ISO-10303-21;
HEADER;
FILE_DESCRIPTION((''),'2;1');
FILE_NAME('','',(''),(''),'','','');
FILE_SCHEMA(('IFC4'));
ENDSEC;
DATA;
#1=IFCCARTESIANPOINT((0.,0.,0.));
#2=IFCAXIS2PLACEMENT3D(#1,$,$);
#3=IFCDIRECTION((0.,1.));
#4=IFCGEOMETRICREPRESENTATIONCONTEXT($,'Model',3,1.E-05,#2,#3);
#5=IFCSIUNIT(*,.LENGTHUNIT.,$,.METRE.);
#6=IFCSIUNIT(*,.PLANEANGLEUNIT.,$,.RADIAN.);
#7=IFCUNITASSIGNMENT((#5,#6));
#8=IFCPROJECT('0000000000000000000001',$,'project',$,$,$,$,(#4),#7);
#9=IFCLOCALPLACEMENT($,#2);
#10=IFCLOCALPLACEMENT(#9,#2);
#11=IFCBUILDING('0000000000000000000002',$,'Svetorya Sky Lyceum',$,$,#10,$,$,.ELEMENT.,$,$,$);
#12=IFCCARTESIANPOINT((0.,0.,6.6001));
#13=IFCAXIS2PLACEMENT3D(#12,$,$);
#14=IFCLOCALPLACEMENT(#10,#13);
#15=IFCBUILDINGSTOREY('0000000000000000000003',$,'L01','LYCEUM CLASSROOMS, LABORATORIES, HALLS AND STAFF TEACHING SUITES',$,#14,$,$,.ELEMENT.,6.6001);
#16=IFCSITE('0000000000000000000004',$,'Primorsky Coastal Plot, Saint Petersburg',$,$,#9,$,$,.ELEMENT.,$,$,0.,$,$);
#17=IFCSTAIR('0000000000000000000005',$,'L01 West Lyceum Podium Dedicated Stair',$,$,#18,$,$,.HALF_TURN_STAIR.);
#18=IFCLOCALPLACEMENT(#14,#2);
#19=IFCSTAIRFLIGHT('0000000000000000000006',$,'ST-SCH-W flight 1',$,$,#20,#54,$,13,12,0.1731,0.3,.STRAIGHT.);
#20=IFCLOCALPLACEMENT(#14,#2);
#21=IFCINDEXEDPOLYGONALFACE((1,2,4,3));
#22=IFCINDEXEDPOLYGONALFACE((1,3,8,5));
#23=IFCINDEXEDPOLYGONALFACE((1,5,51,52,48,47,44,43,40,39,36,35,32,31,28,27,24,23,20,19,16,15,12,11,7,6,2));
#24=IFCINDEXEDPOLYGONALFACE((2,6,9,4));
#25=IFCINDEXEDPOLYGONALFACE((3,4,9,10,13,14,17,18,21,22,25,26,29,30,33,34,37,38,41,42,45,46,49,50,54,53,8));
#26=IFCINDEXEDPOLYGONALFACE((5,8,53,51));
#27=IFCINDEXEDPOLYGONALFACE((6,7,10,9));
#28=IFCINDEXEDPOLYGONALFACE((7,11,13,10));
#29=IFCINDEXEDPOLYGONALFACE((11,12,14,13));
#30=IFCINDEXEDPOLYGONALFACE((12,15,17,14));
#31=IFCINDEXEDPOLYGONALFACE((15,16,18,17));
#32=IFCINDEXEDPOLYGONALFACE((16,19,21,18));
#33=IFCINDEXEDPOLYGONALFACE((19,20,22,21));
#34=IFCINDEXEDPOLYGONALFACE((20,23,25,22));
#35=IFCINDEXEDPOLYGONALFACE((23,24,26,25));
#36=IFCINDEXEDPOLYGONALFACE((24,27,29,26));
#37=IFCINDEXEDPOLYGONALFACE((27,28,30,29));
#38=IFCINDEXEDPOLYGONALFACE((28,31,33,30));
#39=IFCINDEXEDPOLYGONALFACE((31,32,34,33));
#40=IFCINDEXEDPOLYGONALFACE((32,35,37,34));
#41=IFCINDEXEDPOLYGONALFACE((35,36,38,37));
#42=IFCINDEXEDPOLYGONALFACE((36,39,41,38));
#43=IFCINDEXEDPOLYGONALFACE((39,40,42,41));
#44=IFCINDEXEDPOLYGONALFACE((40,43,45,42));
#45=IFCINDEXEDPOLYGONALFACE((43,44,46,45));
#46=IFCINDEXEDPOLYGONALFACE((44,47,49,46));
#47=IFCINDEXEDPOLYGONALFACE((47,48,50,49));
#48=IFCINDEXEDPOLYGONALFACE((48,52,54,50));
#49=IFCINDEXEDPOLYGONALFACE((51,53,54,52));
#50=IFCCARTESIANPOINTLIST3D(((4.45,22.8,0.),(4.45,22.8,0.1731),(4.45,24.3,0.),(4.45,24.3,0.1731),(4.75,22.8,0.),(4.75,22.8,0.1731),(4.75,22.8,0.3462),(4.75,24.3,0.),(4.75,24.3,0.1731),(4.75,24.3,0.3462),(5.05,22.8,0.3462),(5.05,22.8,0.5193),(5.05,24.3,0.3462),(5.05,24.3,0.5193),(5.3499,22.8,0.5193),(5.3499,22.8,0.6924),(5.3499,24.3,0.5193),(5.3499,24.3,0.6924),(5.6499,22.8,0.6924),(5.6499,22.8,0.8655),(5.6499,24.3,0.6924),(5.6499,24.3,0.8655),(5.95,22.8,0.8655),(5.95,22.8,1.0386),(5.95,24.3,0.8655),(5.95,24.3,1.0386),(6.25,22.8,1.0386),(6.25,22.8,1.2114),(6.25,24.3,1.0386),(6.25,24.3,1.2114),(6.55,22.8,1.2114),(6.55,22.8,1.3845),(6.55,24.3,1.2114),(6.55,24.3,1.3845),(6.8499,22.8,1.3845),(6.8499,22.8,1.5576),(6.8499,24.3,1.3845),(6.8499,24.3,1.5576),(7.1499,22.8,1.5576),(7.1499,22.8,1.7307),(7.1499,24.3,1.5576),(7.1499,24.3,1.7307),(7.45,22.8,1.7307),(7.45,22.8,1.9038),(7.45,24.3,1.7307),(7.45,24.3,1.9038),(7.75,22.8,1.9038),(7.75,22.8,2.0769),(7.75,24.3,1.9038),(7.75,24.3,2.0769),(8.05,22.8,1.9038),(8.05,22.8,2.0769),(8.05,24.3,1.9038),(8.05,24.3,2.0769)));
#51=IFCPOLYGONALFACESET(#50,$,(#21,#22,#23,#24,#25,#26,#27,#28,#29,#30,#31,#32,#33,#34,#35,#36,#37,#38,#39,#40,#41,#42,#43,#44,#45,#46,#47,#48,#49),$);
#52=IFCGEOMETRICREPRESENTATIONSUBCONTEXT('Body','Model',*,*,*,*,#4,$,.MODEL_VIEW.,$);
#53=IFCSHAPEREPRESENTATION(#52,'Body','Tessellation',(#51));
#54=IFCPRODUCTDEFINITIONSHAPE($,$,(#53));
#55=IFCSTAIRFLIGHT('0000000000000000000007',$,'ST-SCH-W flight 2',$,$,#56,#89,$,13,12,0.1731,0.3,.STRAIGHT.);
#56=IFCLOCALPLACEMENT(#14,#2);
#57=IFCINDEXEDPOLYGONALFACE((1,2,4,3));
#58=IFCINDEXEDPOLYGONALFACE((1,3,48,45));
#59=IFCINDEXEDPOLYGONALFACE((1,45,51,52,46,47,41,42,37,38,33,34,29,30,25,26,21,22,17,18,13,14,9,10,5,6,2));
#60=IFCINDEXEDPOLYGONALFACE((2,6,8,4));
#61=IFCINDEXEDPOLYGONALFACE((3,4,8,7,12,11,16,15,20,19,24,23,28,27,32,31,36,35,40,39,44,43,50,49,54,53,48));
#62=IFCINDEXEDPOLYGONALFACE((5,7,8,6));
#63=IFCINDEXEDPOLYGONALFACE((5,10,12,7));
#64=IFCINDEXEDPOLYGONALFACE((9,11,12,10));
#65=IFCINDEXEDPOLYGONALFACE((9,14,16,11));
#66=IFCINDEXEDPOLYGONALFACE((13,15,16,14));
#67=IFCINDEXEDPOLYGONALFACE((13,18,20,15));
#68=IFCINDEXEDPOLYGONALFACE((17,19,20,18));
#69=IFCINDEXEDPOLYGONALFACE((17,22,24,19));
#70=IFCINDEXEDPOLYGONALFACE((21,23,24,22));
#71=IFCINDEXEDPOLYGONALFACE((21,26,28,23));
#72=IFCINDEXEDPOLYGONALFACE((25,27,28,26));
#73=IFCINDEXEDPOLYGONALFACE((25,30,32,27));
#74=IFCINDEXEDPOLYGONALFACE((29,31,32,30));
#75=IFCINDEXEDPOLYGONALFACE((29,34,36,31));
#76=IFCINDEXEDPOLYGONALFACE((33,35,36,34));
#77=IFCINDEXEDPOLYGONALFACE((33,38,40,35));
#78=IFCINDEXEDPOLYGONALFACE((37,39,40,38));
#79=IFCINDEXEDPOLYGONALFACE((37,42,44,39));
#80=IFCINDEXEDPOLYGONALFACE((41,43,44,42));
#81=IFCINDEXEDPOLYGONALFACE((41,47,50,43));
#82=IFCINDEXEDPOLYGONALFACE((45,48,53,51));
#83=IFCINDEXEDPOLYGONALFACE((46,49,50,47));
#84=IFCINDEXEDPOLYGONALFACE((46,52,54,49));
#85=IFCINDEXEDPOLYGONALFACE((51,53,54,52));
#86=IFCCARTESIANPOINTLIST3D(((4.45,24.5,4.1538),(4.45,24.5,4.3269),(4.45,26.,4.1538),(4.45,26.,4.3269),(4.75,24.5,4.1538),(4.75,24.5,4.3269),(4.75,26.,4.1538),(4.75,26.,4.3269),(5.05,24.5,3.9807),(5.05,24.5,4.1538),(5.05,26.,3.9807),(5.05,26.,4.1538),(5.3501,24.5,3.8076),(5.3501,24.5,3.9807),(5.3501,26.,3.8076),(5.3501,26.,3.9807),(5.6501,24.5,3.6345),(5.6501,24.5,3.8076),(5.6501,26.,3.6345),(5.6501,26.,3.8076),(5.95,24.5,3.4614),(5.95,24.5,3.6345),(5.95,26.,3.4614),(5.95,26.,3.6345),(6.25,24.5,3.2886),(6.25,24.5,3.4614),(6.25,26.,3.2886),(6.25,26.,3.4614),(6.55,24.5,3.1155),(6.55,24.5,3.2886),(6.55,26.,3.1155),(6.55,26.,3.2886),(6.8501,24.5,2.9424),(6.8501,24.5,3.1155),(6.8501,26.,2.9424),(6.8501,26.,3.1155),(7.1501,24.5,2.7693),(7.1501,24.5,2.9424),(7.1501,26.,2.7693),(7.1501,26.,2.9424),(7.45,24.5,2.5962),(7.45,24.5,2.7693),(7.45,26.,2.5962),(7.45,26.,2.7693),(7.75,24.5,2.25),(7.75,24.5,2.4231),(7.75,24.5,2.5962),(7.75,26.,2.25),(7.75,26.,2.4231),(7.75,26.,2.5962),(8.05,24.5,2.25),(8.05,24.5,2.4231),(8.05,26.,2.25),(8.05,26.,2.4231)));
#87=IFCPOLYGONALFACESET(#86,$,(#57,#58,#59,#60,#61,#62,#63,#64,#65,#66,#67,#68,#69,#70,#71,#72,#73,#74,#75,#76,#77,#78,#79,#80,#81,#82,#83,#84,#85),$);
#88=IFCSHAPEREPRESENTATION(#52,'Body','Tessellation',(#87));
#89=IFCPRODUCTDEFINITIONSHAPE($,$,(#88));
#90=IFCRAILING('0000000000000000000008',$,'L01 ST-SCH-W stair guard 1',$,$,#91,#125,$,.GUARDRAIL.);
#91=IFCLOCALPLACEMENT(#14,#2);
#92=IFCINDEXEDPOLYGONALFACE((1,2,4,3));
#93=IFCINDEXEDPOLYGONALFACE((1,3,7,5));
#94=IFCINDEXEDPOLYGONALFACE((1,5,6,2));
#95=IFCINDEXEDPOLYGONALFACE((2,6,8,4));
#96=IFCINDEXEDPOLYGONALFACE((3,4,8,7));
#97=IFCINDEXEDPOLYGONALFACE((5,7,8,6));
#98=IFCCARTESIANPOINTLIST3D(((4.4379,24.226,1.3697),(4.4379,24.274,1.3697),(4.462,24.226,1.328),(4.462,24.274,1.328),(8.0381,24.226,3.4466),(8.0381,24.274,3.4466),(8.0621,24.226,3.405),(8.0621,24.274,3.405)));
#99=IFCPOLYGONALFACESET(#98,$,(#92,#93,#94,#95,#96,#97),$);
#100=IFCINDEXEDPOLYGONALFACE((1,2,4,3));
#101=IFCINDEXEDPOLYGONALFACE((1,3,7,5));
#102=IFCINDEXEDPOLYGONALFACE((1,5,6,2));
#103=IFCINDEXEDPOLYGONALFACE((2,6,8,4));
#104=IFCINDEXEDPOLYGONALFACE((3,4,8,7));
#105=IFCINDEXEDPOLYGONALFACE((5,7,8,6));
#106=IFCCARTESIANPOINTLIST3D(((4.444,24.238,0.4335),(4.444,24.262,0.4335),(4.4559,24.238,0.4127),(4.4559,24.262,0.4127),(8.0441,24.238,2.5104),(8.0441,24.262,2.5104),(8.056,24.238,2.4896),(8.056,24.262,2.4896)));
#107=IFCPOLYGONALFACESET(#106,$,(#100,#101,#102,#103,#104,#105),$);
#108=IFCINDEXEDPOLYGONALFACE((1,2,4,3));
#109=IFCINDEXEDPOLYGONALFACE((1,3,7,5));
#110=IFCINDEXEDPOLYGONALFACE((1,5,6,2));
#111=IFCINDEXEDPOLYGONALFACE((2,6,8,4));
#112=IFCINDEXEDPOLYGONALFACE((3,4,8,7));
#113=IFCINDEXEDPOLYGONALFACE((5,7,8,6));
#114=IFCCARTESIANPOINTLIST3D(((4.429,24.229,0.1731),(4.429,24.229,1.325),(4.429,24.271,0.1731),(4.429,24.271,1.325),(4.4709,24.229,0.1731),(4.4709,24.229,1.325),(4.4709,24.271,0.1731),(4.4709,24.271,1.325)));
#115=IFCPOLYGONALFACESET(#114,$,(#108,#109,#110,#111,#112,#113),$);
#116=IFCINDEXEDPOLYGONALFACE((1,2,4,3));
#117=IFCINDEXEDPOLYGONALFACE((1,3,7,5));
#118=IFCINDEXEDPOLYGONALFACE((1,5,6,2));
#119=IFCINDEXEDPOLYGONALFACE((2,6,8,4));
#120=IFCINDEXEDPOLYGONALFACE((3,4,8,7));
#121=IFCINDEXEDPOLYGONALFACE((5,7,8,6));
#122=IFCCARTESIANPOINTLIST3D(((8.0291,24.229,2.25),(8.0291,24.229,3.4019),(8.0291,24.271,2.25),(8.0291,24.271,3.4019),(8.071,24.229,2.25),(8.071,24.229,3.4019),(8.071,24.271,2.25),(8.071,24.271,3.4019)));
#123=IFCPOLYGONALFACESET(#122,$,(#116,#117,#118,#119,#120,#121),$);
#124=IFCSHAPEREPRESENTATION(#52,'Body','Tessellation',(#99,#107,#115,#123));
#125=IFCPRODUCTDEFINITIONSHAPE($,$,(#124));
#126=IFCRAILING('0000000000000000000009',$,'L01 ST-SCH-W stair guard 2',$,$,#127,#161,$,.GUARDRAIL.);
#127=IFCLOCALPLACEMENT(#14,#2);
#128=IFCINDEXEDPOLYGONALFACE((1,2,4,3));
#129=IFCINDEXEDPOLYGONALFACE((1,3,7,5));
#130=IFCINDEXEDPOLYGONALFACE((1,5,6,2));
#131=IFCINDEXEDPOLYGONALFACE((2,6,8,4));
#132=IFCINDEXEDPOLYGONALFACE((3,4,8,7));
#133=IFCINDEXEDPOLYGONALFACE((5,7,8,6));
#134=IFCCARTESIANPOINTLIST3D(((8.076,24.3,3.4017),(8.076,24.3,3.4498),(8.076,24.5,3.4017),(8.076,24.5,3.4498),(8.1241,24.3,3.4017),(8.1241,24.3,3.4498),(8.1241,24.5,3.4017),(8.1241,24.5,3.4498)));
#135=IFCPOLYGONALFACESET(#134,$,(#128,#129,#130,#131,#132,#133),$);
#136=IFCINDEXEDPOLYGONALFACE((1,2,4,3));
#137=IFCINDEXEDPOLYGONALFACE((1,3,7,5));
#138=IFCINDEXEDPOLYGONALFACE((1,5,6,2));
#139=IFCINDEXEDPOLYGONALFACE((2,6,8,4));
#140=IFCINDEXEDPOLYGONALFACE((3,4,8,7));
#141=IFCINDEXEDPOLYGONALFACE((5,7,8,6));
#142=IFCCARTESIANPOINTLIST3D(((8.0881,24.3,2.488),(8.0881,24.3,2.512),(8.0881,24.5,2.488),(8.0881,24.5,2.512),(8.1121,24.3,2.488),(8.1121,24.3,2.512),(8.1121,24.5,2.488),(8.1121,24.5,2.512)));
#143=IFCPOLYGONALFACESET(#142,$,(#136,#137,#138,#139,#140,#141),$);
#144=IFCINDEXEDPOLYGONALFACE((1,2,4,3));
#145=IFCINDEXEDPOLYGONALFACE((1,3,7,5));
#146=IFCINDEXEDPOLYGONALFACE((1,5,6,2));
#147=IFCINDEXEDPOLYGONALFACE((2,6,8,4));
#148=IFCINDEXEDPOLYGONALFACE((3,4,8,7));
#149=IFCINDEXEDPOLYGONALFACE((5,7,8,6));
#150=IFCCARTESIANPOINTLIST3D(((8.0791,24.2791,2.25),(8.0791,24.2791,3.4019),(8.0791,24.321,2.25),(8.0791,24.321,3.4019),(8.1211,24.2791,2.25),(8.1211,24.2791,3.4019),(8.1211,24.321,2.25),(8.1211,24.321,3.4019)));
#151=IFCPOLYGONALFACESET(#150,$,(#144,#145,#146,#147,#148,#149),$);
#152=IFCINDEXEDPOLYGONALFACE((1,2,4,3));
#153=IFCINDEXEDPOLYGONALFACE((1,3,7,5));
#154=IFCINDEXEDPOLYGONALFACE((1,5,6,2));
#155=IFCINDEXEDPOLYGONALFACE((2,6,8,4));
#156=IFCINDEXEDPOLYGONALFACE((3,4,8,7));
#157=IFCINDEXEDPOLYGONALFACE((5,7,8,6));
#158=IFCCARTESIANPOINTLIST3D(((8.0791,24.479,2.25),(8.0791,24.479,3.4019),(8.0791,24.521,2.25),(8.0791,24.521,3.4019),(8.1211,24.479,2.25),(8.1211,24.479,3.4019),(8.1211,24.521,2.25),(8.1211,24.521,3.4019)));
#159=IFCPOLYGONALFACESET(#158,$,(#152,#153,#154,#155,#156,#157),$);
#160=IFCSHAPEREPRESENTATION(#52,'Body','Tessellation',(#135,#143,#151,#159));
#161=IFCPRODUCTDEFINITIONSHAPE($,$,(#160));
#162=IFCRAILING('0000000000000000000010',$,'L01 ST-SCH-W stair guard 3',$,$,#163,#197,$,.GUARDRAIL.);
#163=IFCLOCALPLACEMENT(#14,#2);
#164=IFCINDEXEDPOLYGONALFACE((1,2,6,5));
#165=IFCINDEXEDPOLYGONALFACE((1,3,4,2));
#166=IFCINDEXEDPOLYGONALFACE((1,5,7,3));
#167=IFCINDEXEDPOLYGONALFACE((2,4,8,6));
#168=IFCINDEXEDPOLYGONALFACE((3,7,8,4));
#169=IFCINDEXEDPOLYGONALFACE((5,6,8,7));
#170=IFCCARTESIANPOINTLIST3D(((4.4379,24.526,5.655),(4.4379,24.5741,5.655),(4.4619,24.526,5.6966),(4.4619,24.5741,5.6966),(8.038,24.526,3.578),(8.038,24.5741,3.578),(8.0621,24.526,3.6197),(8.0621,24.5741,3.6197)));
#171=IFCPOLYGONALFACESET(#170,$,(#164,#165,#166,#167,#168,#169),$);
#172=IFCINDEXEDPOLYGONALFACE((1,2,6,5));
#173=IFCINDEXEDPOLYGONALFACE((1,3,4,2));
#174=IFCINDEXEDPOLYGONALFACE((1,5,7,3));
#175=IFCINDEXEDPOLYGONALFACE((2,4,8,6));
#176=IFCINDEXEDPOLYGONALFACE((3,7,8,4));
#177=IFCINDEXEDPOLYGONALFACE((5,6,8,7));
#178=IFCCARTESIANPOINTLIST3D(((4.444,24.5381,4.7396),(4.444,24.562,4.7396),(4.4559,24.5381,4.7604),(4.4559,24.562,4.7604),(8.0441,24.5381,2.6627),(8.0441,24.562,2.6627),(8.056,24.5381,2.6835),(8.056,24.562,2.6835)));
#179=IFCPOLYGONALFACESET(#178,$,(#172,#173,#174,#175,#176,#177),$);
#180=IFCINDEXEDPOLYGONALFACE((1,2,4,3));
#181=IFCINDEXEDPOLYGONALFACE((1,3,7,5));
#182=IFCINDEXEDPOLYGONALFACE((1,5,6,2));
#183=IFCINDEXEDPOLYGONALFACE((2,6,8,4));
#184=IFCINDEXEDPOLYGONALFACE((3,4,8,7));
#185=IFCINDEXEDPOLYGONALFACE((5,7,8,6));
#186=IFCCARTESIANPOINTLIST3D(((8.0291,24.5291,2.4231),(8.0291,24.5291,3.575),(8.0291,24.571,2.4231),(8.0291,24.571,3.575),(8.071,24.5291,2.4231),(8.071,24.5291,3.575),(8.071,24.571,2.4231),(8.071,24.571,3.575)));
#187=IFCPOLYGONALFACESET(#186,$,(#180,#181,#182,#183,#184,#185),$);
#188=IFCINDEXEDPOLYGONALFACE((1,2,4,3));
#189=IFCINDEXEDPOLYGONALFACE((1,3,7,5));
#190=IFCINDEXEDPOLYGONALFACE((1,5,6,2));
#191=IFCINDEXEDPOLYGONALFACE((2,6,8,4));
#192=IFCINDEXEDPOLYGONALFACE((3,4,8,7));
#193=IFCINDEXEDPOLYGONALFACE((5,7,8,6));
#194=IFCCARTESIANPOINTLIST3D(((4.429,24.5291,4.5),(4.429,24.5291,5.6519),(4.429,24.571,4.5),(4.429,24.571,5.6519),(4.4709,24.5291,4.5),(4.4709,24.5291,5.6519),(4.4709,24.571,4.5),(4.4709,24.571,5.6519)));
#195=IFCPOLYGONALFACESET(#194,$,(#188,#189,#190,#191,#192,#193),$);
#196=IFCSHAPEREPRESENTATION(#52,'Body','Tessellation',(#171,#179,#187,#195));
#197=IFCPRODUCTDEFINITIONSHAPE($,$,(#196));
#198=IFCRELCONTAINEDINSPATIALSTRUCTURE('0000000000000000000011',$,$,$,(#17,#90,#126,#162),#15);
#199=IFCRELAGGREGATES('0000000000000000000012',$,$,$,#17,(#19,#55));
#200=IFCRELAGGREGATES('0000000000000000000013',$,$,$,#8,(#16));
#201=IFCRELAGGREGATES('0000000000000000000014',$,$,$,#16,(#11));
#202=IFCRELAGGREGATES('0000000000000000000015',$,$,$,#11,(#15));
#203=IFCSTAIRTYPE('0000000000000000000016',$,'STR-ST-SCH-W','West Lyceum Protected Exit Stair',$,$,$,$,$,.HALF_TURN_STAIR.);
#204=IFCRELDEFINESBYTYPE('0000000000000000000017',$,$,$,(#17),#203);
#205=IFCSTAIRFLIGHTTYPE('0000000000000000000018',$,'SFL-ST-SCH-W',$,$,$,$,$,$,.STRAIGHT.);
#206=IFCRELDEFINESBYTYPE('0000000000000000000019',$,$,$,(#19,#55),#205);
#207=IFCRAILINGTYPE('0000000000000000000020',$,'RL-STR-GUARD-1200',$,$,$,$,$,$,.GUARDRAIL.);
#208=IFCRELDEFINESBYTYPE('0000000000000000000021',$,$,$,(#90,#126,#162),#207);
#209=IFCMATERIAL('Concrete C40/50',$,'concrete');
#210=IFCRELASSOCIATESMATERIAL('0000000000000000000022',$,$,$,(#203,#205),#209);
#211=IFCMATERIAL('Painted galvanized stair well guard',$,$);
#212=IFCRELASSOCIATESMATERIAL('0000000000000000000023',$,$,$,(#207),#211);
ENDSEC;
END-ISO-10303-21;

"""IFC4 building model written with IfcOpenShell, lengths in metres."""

from ifc_helpers import new_model, si_unit, direction, frame, origin, origin_2d, place, context, subcontext, project, spatial, polyline, rectangle, outline, extrude, material, type_object, element, aggregate, save


model = new_model("IFC4")

# Units and contexts
model_context = context("Model", 3, precision=1e-05, world=origin(), true_north=direction((0.0, 1.0)))
body_context = subcontext(model_context, "Body", "Model", "MODEL_VIEW")
ifc_project = project(units=[si_unit("LENGTHUNIT", "METRE"), si_unit("PLANEANGLEUNIT", "RADIAN")], contexts=[model_context])

# Site, building, storey
site_placement = place(None, origin())
site = spatial("IfcSite", under=ifc_project, at=site_placement, Name="Primorsky Coastal Plot, Saint Petersburg", CompositionType="ELEMENT", RefElevation=0.0)
building_placement = place(site_placement, origin())
building = spatial("IfcBuilding", under=site, at=building_placement, Name="Svetorya Sky Lyceum", CompositionType="ELEMENT")
storey_placement = place(building_placement, frame((0.0, 0.0, 6.6001)))
storey = spatial("IfcBuildingStorey", under=building, at=storey_placement, Name="L01", Description="LYCEUM CLASSROOMS, LABORATORIES, HALLS AND STAFF TEACHING SUITES", CompositionType="ELEMENT", Elevation=6.6001)

# Stair, stair flights
ifc_material_1 = material(Name="Concrete C40/50", Category="concrete")
stair_type = type_object("IfcStairType", Name="STR-ST-SCH-W", Description="West Lyceum Protected Exit Stair", PredefinedType="HALF_TURN_STAIR", material=ifc_material_1)
stair_placement = place(storey_placement, origin())
stair = element("IfcStair", 1, at=stair_placement, inside=storey, type_object=stair_type, Name="L01 West Lyceum Podium Dedicated Stair", PredefinedType="HALF_TURN_STAIR")
stair_flight_type = type_object("IfcStairFlightType", Name="SFL-ST-SCH-W", PredefinedType="STRAIGHT", material=ifc_material_1)
stair_flight_1_placement = place(storey_placement, frame((4.45, 23.55, 0.0), z_axis=(0.0, 0.0, 1.0), x_axis=(1.0, 0.0, 0.0)))
stair_flight_1 = element("IfcStairFlight", 2, at=stair_flight_1_placement, type_object=stair_flight_type, Name="ST-SCH-W flight 1", NumberOfRisers=13, NumberOfTreads=12, PredefinedType="STRAIGHT", RiserHeight=0.1731, TreadLength=0.3, context=body_context, shape_type="SweptSolid", body=[
    extrude(outline(polyline([(0.0, 0.0), (0.0, 0.1731), (0.3, 0.1731), (0.3, 0.3462), (0.6001, 0.3462), (0.6001, 0.5193), (0.8999, 0.5193), (0.8999, 0.6924), (1.2, 0.6924), (1.2, 0.8655), (1.5, 0.8655), (1.5, 1.0386), (1.8, 1.0386), (1.8, 1.2114), (2.1001, 1.2114), (2.1001, 1.3845), (2.3999, 1.3845), (2.3999, 1.5576), (2.7, 1.5576), (2.7, 1.7307), (3.0, 1.7307), (3.0, 1.9038), (3.3, 1.9038), (3.3, 2.0769), (3.6001, 2.0769), (3.6001, 2.25), (3.6001, 1.9038), (0.3, 0.0), (0.0, 0.0)])), frame((0.0, 0.75, 0.0), z_axis=(0.0, -1.0, 0.0), x_axis=(1.0, 0.0, 0.0)), (0.0, 0.0, 1.0), 1.5),
])
stair_flight_2_placement = place(storey_placement, frame((8.05, 25.25, 2.25), z_axis=(0.0, 0.0, 1.0), x_axis=(-1.0, 0.0, 0.0)))
stair_flight_2 = element("IfcStairFlight", 3, at=stair_flight_2_placement, type_object=stair_flight_type, Name="ST-SCH-W flight 2", NumberOfRisers=13, NumberOfTreads=12, PredefinedType="STRAIGHT", RiserHeight=0.1731, TreadLength=0.3, context=body_context, shape_type="SweptSolid", body=[
    extrude(outline(polyline([(0.0, 0.0), (0.0, 0.1731), (0.3, 0.1731), (0.3, 0.3462), (0.6001, 0.3462), (0.6001, 0.5193), (0.8999, 0.5193), (0.8999, 0.6924), (1.2, 0.6924), (1.2, 0.8655), (1.5, 0.8655), (1.5, 1.0386), (1.8, 1.0386), (1.8, 1.2114), (2.1001, 1.2114), (2.1001, 1.3845), (2.3999, 1.3845), (2.3999, 1.5576), (2.7, 1.5576), (2.7, 1.7307), (3.0, 1.7307), (3.0, 1.9038), (3.3, 1.9038), (3.3, 2.0769), (3.6001, 2.0769), (3.6001, 2.25), (3.6001, 1.9038), (0.3, 0.0), (0.0, 0.0)])), frame((0.0, 0.75, 0.0), z_axis=(0.0, -1.0, 0.0), x_axis=(1.0, 0.0, 0.0)), (0.0, 0.0, 1.0), 1.5),
])
aggregate(stair, [stair_flight_1, stair_flight_2])

# Railings
ifc_material_2 = material(Name="Painted galvanized stair well guard")
railing_type_1 = type_object("IfcRailingType", Name="RL-STR-GUARD-1200", PredefinedType="GUARDRAIL", material=ifc_material_2)
railing_1_placement = place(storey_placement, frame((4.45, 24.25, 0.1731)))
element("IfcRailing", 4, at=railing_1_placement, inside=storey, type_object=railing_type_1, Name="L01 ST-SCH-W stair guard 1", PredefinedType="GUARDRAIL", context=body_context, shape_type="SweptSolid", body=[
    extrude(rectangle(XDim=0.0481, YDim=0.0481, at=origin_2d()), frame((0.0, 0.0, 1.1758), z_axis=(0.866193, 0.0, 0.499709), x_axis=(0.0, 1.0, 0.0)), (0.0, 0.0, 1.0), 4.1562),
    extrude(rectangle(XDim=0.0239, YDim=0.0239, at=origin_2d()), frame((0.0, 0.0, 0.25), z_axis=(0.866193, 0.0, 0.499709), x_axis=(0.0, 1.0, 0.0)), (0.0, 0.0, 1.0), 4.1562),
    extrude(rectangle(XDim=0.042, YDim=0.042, at=origin_2d()), origin(), (0.0, 0.0, 1.0), 1.1519),
    extrude(rectangle(XDim=0.042, YDim=0.042, at=origin_2d()), frame((3.6001, 0.0, 2.0769)), (0.0, 0.0, 1.0), 1.1519),
])
railing_2_placement = place(storey_placement, frame((8.1001, 24.3, 2.25)))
element("IfcRailing", 5, at=railing_2_placement, inside=storey, type_object=railing_type_1, Name="L01 ST-SCH-W stair guard 2", PredefinedType="GUARDRAIL", context=body_context, shape_type="SweptSolid", body=[
    extrude(rectangle(XDim=0.0481, YDim=0.0481, at=origin_2d()), frame((0.0, 0.0, 1.1758), z_axis=(0.0, 1.0, 0.0), x_axis=(-1.0, 0.0, 0.0)), (0.0, 0.0, 1.0), 0.2),
    extrude(rectangle(XDim=0.0239, YDim=0.0239, at=origin_2d()), frame((0.0, 0.0, 0.25), z_axis=(0.0, 1.0, 0.0), x_axis=(-1.0, 0.0, 0.0)), (0.0, 0.0, 1.0), 0.2),
    extrude(rectangle(XDim=0.042, YDim=0.042, at=origin_2d()), origin(), (0.0, 0.0, 1.0), 1.1519),
    extrude(rectangle(XDim=0.042, YDim=0.042, at=origin_2d()), frame((0.0, 0.2, 0.0)), (0.0, 0.0, 1.0), 1.1519),
])
railing_3_placement = place(storey_placement, frame((8.05, 24.55, 2.4231)))
element("IfcRailing", 6, at=railing_3_placement, inside=storey, type_object=railing_type_1, Name="L01 ST-SCH-W stair guard 3", PredefinedType="GUARDRAIL", context=body_context, shape_type="SweptSolid", body=[
    extrude(rectangle(XDim=0.0481, YDim=0.0481, at=origin_2d()), frame((0.0, 0.0, 1.1758), z_axis=(-0.866193, 0.0, 0.499709), x_axis=(0.0, -1.0, 0.0)), (0.0, 0.0, 1.0), 4.1562),
    extrude(rectangle(XDim=0.0239, YDim=0.0239, at=origin_2d()), frame((0.0, 0.0, 0.25), z_axis=(-0.866193, 0.0, 0.499709), x_axis=(0.0, -1.0, 0.0)), (0.0, 0.0, 1.0), 4.1562),
    extrude(rectangle(XDim=0.042, YDim=0.042, at=origin_2d()), origin(), (0.0, 0.0, 1.0), 1.1519),
    extrude(rectangle(XDim=0.042, YDim=0.042, at=origin_2d()), frame((-3.6001, 0.0, 2.0769)), (0.0, 0.0, 1.0), 1.1519),
])

save(model, "model.ifc")
